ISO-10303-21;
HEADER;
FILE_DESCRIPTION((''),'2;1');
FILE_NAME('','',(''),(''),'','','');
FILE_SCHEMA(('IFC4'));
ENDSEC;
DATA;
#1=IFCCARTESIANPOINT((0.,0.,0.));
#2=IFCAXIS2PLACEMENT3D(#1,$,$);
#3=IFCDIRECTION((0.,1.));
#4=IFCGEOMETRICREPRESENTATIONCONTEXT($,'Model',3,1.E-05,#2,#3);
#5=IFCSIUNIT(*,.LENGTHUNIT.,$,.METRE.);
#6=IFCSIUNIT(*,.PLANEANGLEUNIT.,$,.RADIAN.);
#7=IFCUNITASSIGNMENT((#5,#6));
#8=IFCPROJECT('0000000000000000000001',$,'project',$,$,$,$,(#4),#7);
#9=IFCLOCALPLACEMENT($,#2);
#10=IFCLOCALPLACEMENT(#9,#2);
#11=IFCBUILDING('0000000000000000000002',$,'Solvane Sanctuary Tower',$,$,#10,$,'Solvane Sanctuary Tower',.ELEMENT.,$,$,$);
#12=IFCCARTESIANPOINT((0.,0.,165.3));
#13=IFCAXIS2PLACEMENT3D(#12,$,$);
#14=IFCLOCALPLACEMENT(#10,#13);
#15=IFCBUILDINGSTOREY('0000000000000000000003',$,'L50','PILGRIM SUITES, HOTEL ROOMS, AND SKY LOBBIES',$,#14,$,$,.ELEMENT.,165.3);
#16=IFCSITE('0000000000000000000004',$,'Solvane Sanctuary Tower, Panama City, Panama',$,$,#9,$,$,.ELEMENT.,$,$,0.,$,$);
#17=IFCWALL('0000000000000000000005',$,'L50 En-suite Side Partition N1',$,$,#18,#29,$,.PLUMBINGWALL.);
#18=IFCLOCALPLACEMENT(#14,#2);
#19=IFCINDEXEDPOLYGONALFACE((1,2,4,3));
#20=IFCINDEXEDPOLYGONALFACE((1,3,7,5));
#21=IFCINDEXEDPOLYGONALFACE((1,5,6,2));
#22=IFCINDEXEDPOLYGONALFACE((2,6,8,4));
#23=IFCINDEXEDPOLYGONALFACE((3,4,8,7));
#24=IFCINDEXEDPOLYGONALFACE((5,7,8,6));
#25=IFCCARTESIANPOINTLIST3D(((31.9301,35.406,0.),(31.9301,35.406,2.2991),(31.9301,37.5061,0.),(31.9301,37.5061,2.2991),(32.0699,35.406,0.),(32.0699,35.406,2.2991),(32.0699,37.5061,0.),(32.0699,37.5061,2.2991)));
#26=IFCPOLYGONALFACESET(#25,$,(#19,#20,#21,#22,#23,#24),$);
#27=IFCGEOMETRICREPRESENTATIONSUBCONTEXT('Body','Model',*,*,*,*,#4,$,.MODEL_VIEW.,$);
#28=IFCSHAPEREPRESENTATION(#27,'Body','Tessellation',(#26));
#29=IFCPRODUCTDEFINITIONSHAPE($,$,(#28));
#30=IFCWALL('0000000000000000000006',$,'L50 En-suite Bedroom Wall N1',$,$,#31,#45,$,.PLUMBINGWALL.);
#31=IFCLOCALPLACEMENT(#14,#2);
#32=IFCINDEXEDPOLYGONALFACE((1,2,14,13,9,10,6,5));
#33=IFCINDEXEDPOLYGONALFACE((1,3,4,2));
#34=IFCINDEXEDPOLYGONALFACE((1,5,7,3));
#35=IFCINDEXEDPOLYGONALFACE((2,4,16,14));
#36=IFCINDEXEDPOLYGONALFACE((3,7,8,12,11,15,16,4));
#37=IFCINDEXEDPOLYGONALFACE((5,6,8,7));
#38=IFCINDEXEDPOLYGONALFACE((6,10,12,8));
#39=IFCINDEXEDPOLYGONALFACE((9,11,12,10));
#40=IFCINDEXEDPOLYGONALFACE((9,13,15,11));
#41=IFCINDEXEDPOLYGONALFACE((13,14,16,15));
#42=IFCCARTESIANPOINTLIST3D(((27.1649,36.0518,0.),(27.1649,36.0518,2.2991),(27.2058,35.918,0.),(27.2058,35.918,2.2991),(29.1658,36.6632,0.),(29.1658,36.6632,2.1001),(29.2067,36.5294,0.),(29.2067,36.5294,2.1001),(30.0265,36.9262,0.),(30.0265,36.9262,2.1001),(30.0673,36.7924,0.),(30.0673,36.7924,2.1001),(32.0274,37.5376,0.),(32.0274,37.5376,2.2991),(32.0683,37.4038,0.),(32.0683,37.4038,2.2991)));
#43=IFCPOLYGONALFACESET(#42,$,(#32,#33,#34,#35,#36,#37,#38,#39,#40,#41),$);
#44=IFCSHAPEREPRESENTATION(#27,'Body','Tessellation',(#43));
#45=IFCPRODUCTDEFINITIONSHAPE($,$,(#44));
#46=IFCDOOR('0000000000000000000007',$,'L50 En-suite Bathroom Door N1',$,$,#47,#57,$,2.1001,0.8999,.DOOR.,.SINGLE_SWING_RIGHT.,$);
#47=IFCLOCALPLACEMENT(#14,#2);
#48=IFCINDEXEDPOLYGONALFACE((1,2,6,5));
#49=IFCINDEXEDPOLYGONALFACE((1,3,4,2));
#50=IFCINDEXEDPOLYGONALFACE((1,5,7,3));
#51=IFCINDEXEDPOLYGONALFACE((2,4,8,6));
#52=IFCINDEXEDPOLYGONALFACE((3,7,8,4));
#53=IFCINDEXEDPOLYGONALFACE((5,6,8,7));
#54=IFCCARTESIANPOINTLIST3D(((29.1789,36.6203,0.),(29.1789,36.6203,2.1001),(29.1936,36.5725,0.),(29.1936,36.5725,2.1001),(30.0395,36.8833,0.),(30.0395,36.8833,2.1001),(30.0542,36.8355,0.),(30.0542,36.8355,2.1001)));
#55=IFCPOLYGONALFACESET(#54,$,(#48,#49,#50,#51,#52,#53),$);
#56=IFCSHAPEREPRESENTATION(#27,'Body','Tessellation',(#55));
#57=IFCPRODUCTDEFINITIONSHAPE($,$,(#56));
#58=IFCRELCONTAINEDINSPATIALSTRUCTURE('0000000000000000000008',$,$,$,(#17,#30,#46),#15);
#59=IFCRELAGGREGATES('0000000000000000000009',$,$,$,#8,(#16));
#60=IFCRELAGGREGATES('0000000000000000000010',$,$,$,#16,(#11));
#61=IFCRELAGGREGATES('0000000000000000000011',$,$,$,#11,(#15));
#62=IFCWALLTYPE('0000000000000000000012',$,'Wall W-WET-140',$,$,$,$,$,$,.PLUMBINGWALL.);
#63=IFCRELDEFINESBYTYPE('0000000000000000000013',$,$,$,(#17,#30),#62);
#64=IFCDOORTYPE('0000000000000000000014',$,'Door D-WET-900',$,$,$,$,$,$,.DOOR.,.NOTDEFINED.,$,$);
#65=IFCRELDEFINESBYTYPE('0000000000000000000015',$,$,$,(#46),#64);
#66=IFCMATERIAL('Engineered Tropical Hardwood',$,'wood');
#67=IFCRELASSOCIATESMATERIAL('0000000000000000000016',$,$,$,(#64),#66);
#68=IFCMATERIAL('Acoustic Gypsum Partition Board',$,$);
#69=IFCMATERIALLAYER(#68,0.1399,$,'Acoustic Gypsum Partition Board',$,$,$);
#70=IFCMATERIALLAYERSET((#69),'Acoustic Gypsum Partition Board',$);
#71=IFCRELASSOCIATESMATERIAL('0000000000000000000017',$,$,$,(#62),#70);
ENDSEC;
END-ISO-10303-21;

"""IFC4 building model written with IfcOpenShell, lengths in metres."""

from ifc_helpers import new_model, si_unit, direction, frame, frame_2d, origin, place, context, subcontext, project, spatial, rectangle, extrude, material, layer, layer_set, type_object, element, fill, save


model = new_model("IFC4")

# Units and contexts
model_context = context("Model", 3, precision=1e-05, world=origin(), true_north=direction((0.0, 1.0)))
body_context = subcontext(model_context, "Body", "Model", "MODEL_VIEW")
ifc_project = project(units=[si_unit("LENGTHUNIT", "METRE"), si_unit("PLANEANGLEUNIT", "RADIAN")], contexts=[model_context])

# Site, building, storey
site_placement = place(None, origin())
site = spatial("IfcSite", under=ifc_project, at=site_placement, Name="Solvane Sanctuary Tower, Panama City, Panama", CompositionType="ELEMENT", RefElevation=0.0)
building_placement = place(site_placement, origin())
building = spatial("IfcBuilding", under=site, at=building_placement, Name="Solvane Sanctuary Tower", LongName="Solvane Sanctuary Tower", CompositionType="ELEMENT")
storey_placement = place(building_placement, frame((0.0, 0.0, 165.3)))
storey = spatial("IfcBuildingStorey", under=building, at=storey_placement, Name="L50", Description="PILGRIM SUITES, HOTEL ROOMS, AND SKY LOBBIES", CompositionType="ELEMENT", Elevation=165.3)

# Shared definitions
ifc_material_1 = material(Name="Acoustic Gypsum Partition Board")

# Shared definitions
ifc_material_2 = material(Name="Engineered Tropical Hardwood", Category="wood")
door_type_1 = type_object("IfcDoorType", Name="Door D-WET-900", OperationType="NOTDEFINED", PredefinedType="DOOR", material=ifc_material_2)

# Wall
ifc_layer_1 = layer(ifc_material_1, 0.1399, Name="Acoustic Gypsum Partition Board")
ifc_layer_set_1 = layer_set([ifc_layer_1], Name="Acoustic Gypsum Partition Board")
wall_type_1 = type_object("IfcWallType", Name="Wall W-WET-140", PredefinedType="PLUMBINGWALL", material=ifc_layer_set_1)
wall_1_placement = place(storey_placement, frame((32.0, 35.406, 0.0), z_axis=(0.0, 0.0, 1.0), x_axis=(0.0, 1.0, 0.0)))
element("IfcWall", 1, at=wall_1_placement, inside=storey, type_object=wall_type_1, Name="L50 En-suite Side Partition N1", PredefinedType="PLUMBINGWALL", context=body_context, shape_type="SweptSolid", body=[
    extrude(rectangle(XDim=2.1001, YDim=0.1399, at=frame_2d((1.05, 0.0))), origin(), (0.0, 0.0, 1.0), 2.2991),
])

# Wall, opening, door
wall_2_placement = place(storey_placement, frame((32.0479, 37.4707, 0.0), z_axis=(0.0, 0.0, 1.0), x_axis=(-0.956348, -0.29223, 0.0)))
wall_2 = element("IfcWall", 2, at=wall_2_placement, inside=storey, type_object=wall_type_1, Name="L50 En-suite Bedroom Wall N1", PredefinedType="PLUMBINGWALL", context=body_context, shape_type="SweptSolid", body=[
    extrude(rectangle(XDim=5.0845, YDim=0.1399, at=frame_2d((2.5422, 0.0))), origin(), (0.0, 0.0, 1.0), 2.2991),
])
opening_1_placement = place(wall_2_placement, frame((2.0923, 0.0, 0.0)))
opening_1 = element("IfcOpeningElement", 3, at=opening_1_placement, cuts=wall_2, PredefinedType="OPENING", context=body_context, shape_type="SweptSolid", body=[
    extrude(rectangle(XDim=0.8999, YDim=2.1001, at=frame_2d((0.45, 1.05))), frame((0.0, 0.0798, 0.0), z_axis=(0.0, -1.0, 0.0), x_axis=(1.0, 0.0, 0.0)), (0.0, 0.0, 1.0), 0.1599),
])
door_1_placement = place(opening_1_placement, origin())
door_1 = element("IfcDoor", 4, at=door_1_placement, inside=storey, type_object=door_type_1, Name="L50 En-suite Bathroom Door N1", OperationType="SINGLE_SWING_RIGHT", OverallHeight=2.1001, OverallWidth=0.8999, PredefinedType="DOOR", context=body_context, shape_type="SweptSolid", body=[
    extrude(rectangle(XDim=0.8999, YDim=2.1001, at=frame_2d((0.45, 1.05))), frame((0.0, 0.0249, 0.0), z_axis=(0.0, -1.0, 0.0), x_axis=(1.0, 0.0, 0.0)), (0.0, 0.0, 1.0), 0.05),
])
fill(opening_1, door_1)

save(model, "model.ifc")
